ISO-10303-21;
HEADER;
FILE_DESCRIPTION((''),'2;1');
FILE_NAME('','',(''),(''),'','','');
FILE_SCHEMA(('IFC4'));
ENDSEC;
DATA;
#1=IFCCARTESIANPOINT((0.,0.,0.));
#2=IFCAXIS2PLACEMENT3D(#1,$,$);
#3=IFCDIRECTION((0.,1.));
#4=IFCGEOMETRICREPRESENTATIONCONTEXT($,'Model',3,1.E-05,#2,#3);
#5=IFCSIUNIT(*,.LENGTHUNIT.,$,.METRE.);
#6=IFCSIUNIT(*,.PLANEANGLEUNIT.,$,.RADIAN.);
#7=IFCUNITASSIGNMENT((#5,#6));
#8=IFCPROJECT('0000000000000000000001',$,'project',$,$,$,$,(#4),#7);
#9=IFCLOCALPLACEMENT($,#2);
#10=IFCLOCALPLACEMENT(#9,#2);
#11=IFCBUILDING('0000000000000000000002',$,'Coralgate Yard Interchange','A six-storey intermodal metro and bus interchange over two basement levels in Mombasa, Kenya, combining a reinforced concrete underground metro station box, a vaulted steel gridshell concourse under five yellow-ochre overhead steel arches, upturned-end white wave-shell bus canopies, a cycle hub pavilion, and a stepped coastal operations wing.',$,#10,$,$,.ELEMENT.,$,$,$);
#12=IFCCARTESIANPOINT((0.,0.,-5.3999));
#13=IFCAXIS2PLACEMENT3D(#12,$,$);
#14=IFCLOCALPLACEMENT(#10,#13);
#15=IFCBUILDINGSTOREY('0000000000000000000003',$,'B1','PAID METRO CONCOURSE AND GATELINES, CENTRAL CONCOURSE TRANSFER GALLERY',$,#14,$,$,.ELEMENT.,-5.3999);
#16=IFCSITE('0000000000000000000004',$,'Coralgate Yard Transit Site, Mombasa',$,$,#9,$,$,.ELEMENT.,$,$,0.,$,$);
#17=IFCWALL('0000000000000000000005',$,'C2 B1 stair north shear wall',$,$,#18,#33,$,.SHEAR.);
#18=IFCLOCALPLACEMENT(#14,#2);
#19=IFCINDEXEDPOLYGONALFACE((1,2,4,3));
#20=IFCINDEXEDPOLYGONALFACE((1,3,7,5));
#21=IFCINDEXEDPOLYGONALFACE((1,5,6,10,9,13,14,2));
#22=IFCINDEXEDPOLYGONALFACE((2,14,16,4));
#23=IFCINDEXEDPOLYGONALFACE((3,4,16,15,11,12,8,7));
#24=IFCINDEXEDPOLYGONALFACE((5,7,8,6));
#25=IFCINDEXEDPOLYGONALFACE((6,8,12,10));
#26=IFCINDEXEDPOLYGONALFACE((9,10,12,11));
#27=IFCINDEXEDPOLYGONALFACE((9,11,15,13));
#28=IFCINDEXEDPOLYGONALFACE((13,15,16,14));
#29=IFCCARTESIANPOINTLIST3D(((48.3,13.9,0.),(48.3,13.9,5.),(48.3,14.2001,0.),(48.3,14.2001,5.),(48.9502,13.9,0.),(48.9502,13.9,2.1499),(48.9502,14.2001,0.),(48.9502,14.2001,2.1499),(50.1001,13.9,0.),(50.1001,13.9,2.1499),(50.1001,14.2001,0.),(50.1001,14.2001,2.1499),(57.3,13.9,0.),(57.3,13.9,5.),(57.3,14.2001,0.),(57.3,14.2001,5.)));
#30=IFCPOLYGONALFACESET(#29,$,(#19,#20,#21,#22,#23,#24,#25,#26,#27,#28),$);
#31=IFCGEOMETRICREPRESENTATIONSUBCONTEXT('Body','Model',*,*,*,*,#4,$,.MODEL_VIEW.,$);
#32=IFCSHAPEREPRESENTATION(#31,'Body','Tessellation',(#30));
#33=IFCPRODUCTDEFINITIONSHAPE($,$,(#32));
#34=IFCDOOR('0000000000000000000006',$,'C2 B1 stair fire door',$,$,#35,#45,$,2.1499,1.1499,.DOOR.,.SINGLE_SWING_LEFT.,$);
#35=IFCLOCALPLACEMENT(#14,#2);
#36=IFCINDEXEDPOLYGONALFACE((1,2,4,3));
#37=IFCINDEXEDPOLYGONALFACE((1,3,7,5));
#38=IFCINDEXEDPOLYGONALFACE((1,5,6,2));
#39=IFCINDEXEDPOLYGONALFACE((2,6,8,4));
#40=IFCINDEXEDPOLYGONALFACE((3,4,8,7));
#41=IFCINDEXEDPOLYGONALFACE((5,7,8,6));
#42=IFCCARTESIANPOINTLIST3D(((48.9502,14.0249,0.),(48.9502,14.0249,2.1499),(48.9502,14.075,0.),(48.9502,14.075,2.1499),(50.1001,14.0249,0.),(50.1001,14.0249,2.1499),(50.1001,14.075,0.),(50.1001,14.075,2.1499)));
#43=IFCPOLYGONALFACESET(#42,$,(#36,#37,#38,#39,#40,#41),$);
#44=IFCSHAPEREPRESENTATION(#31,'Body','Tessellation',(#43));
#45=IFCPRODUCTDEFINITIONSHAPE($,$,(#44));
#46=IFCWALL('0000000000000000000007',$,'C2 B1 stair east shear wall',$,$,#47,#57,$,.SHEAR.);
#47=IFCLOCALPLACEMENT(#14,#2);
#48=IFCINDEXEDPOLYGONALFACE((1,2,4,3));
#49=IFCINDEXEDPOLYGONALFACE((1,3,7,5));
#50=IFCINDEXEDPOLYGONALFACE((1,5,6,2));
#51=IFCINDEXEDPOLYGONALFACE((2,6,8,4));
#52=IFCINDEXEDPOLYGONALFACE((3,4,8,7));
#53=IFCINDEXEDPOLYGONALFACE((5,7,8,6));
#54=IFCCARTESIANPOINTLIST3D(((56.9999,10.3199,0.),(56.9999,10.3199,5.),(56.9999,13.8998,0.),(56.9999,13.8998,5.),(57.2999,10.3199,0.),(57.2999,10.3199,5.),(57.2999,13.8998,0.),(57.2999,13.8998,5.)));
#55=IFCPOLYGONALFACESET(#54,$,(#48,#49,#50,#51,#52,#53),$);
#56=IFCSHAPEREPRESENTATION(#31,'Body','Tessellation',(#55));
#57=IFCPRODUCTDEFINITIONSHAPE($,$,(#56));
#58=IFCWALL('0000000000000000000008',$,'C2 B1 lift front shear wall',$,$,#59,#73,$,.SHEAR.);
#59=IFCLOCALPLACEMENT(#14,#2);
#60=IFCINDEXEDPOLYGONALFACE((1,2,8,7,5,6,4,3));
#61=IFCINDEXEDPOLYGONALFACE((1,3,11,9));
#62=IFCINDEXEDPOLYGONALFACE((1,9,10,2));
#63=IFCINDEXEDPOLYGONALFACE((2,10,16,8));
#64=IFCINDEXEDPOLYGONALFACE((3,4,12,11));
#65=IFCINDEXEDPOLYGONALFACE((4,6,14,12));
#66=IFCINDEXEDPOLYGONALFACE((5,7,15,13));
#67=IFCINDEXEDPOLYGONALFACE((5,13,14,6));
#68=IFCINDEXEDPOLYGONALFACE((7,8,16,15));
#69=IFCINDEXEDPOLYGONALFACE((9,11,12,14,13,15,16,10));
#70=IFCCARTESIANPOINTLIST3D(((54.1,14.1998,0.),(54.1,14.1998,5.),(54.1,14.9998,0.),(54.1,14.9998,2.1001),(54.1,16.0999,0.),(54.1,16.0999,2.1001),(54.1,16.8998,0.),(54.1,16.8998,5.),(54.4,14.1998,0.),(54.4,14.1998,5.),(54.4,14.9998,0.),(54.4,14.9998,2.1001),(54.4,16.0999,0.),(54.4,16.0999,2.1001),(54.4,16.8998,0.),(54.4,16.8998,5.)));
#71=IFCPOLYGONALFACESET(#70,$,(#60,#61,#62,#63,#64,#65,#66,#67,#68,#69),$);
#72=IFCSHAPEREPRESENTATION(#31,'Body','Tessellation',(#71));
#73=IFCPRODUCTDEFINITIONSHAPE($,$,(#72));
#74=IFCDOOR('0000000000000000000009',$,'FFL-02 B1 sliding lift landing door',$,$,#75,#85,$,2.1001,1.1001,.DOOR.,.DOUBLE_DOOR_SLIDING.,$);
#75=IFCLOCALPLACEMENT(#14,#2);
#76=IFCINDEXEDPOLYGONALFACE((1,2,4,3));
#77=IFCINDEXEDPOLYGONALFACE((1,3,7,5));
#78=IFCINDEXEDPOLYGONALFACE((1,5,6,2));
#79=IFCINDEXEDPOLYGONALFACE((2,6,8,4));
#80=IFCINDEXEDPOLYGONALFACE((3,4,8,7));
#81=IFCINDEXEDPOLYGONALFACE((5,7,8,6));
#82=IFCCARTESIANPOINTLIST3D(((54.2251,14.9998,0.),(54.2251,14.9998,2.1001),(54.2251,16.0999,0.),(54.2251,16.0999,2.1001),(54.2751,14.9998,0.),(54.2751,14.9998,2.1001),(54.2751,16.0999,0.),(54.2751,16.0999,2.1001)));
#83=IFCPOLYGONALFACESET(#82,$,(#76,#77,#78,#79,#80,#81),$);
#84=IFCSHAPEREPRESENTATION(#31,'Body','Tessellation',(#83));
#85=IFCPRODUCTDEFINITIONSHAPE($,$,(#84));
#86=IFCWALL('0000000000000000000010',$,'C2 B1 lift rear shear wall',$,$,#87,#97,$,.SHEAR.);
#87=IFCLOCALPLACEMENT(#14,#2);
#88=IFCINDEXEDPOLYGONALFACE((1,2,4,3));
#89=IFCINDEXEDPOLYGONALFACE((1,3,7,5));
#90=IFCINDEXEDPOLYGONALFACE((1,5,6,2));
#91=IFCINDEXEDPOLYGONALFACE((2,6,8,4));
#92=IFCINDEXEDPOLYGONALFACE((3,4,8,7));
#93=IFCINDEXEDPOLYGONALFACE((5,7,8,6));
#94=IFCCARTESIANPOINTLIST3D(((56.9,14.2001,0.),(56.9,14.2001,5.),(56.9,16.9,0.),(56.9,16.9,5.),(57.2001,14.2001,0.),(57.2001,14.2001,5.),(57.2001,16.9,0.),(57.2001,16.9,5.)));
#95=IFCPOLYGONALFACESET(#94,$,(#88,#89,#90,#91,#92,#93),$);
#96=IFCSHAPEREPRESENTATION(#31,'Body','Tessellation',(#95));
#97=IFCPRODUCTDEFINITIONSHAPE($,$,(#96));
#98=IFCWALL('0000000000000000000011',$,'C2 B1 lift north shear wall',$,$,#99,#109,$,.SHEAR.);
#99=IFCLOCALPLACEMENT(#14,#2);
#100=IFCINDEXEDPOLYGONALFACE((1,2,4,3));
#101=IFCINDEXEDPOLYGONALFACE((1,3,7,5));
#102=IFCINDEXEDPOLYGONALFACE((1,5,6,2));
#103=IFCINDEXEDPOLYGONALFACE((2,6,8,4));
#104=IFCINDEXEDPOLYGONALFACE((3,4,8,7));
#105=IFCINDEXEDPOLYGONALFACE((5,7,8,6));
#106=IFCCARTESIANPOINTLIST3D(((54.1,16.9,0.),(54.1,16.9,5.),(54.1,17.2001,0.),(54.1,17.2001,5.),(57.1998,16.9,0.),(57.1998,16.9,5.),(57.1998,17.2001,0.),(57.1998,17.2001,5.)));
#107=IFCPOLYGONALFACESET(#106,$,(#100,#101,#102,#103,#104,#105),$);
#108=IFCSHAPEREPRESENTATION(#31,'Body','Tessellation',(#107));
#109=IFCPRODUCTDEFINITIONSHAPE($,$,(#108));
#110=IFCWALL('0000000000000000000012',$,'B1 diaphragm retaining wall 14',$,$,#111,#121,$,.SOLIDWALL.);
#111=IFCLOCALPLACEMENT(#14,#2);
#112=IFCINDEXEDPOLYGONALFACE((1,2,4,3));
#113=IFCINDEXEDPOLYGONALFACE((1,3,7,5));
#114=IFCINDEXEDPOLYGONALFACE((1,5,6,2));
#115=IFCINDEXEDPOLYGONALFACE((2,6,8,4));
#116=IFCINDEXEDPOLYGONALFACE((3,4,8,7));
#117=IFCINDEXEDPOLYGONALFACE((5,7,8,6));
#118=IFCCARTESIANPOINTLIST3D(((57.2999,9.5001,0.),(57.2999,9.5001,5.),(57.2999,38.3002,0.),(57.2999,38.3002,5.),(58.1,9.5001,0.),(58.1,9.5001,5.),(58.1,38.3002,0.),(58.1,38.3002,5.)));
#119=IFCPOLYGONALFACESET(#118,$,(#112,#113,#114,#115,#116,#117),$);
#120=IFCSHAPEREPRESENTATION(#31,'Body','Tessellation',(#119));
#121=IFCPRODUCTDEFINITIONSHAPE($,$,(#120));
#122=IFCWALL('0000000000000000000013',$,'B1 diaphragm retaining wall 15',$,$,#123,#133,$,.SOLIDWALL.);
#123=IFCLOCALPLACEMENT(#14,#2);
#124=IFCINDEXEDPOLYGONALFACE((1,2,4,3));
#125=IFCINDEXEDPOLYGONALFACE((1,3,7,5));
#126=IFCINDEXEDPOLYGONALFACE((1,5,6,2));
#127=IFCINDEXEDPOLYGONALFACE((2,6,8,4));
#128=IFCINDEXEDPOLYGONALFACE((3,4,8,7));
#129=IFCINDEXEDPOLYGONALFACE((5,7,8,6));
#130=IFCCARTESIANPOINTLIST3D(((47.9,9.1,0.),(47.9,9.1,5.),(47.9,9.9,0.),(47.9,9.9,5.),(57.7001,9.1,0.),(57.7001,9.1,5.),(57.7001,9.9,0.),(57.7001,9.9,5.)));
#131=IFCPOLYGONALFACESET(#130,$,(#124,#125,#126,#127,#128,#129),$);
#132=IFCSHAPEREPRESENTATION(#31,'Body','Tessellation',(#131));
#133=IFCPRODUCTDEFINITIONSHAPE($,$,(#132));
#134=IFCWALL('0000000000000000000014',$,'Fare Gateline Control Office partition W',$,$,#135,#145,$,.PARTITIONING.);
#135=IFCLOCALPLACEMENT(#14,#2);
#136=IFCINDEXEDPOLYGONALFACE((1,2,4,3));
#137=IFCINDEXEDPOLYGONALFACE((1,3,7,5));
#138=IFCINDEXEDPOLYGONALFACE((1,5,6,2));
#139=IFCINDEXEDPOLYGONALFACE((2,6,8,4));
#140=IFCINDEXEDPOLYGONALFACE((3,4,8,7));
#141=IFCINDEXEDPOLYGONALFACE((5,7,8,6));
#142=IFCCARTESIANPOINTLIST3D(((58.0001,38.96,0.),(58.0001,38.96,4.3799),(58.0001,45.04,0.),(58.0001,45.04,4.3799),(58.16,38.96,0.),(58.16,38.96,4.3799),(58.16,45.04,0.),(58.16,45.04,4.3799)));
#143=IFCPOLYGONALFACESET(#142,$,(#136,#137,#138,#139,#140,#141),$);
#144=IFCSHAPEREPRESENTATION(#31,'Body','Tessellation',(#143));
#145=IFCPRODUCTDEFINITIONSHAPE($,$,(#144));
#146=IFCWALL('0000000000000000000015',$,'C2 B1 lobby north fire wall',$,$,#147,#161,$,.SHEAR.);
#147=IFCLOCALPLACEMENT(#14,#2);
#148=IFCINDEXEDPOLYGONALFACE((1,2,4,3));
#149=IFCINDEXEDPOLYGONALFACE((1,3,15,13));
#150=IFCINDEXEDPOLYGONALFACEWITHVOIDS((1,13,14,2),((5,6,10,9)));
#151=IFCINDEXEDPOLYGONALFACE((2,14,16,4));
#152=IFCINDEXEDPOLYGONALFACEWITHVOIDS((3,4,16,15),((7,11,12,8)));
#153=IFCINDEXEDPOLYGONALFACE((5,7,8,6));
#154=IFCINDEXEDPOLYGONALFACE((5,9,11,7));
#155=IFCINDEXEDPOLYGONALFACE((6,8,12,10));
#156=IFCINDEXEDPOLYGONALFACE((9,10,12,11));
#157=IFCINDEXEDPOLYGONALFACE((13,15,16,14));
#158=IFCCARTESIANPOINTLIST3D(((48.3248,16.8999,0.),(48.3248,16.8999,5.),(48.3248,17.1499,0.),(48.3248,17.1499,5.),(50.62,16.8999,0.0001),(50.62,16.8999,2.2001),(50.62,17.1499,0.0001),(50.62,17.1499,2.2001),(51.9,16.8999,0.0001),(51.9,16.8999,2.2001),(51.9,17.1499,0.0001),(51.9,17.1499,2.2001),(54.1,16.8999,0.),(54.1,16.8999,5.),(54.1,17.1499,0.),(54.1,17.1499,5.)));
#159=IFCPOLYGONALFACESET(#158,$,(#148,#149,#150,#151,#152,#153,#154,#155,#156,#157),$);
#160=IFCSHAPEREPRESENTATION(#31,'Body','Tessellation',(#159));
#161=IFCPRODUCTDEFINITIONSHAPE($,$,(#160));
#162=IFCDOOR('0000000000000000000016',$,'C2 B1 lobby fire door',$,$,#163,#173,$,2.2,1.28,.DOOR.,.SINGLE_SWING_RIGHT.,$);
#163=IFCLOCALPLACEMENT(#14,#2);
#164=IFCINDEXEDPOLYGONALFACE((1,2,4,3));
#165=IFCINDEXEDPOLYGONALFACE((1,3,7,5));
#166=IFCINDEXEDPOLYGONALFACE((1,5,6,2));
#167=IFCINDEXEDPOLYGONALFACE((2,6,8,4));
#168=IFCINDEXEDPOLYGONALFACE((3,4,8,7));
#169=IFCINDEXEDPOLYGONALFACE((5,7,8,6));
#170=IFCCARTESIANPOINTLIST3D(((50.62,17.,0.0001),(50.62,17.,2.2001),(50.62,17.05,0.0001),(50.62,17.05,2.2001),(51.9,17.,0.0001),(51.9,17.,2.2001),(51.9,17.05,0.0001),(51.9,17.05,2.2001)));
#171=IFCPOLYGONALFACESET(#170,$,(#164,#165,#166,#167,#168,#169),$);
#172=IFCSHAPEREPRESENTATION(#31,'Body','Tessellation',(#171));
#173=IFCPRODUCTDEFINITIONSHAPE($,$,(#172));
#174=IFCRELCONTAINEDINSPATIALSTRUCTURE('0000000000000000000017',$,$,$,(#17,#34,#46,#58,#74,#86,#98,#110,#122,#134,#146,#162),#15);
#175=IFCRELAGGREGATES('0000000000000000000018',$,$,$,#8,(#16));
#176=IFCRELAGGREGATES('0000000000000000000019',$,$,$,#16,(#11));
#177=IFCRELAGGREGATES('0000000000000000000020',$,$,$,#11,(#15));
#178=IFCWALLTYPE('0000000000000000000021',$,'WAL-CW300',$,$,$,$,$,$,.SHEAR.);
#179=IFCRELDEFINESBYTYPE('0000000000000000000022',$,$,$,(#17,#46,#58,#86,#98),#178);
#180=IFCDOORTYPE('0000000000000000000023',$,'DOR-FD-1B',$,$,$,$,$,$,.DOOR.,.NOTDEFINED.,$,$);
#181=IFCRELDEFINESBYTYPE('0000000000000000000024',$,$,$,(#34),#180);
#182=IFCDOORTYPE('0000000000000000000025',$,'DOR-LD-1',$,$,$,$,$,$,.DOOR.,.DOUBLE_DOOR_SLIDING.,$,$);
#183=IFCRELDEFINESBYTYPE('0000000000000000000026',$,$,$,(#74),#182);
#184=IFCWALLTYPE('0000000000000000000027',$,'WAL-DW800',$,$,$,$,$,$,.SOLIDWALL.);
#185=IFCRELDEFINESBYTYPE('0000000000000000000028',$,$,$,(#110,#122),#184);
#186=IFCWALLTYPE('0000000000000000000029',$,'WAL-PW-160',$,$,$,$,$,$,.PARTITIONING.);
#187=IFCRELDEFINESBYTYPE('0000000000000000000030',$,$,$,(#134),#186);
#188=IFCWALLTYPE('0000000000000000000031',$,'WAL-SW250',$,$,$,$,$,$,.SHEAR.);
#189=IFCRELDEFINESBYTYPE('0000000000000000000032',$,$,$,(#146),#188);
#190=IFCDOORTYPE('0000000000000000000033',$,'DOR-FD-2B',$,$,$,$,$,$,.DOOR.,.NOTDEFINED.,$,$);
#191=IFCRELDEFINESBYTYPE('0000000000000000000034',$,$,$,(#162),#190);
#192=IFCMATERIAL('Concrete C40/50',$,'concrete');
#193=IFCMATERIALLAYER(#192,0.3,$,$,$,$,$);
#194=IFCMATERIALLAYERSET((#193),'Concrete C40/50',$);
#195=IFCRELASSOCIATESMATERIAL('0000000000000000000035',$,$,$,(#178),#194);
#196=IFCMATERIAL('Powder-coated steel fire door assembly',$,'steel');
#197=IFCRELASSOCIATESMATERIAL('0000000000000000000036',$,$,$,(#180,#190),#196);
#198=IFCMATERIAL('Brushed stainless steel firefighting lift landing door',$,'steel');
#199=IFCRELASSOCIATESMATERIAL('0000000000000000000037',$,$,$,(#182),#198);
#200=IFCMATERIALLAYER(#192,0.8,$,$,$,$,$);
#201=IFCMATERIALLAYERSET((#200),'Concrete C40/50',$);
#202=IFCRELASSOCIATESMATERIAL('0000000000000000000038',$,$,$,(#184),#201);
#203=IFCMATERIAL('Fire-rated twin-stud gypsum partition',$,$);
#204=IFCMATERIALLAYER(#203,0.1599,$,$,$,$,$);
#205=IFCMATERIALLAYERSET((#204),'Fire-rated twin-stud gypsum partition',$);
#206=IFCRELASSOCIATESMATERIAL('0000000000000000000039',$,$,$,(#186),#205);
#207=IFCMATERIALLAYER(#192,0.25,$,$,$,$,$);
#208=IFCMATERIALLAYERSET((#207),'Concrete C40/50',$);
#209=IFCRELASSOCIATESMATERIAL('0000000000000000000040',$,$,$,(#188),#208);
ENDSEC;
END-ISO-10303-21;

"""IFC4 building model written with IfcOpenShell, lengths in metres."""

from ifc_helpers import new_model, si_unit, direction, frame, frame_2d, origin, place, context, subcontext, project, spatial, rectangle, extrude, material, layer, layer_set, type_object, element, fill, save


model = new_model("IFC4")

# Units and contexts
model_context = context("Model", 3, precision=1e-05, world=origin(), true_north=direction((0.0, 1.0)))
body_context = subcontext(model_context, "Body", "Model", "MODEL_VIEW")
ifc_project = project(units=[si_unit("LENGTHUNIT", "METRE"), si_unit("PLANEANGLEUNIT", "RADIAN")], contexts=[model_context])

# Site, building, storey
site_placement = place(None, origin())
site = spatial("IfcSite", under=ifc_project, at=site_placement, Name="Coralgate Yard Transit Site, Mombasa", CompositionType="ELEMENT", RefElevation=0.0)
building_placement = place(site_placement, origin())
building = spatial("IfcBuilding", under=site, at=building_placement, Name="Coralgate Yard Interchange", Description="A six-storey intermodal metro and bus interchange over two basement levels in Mombasa, Kenya, combining a reinforced concrete underground metro station box, a vaulted steel gridshell concourse under five yellow-ochre overhead steel arches, upturned-end white wave-shell bus canopies, a cycle hub pavilion, and a stepped coastal operations wing.", CompositionType="ELEMENT")
storey_placement = place(building_placement, frame((0.0, 0.0, -5.3999)))
storey = spatial("IfcBuildingStorey", under=building, at=storey_placement, Name="B1", Description="PAID METRO CONCOURSE AND GATELINES, CENTRAL CONCOURSE TRANSFER GALLERY", CompositionType="ELEMENT", Elevation=-5.3999)

# Shared definitions
ifc_material_1 = material(Name="Concrete C40/50", Category="concrete")

# Wall, opening, door
ifc_layer_1 = layer(ifc_material_1, 0.3)
ifc_layer_set_1 = layer_set([ifc_layer_1], Name="Concrete C40/50")
wall_type_1 = type_object("IfcWallType", Name="WAL-CW300", PredefinedType="SHEAR", material=ifc_layer_set_1)
wall_1_placement = place(storey_placement, frame((57.3, 14.05, 0.0), z_axis=(0.0, 0.0, 1.0), x_axis=(-1.0, 0.0, 0.0)))
wall_1 = element("IfcWall", 1, at=wall_1_placement, inside=storey, type_object=wall_type_1, Name="C2 B1 stair north shear wall", PredefinedType="SHEAR", context=body_context, shape_type="SweptSolid", body=[
    extrude(rectangle(XDim=9.0, YDim=0.3, at=frame_2d((4.5, 0.0))), origin(), (0.0, 0.0, 1.0), 5.0),
])
opening_1_placement = place(wall_1_placement, frame((7.2, 0.0, 0.0)))
opening_1 = element("IfcOpeningElement", 2, at=opening_1_placement, cuts=wall_1, PredefinedType="OPENING", context=body_context, shape_type="SweptSolid", body=[
    extrude(rectangle(XDim=1.1499, YDim=2.1499, at=frame_2d((0.575, 1.075))), frame((0.0, 0.1599, 0.0), z_axis=(0.0, -1.0, 0.0), x_axis=(1.0, 0.0, 0.0)), (0.0, 0.0, 1.0), 0.3201),
])
ifc_material_2 = material(Name="Powder-coated steel fire door assembly", Category="steel")
door_type_1 = type_object("IfcDoorType", Name="DOR-FD-1B", OperationType="NOTDEFINED", PredefinedType="DOOR", material=ifc_material_2)
door_1_placement = place(opening_1_placement, frame((1.1499, 0.0, 0.0), z_axis=(0.0, 0.0, 1.0), x_axis=(-1.0, 0.0, 0.0)))
door_1 = element("IfcDoor", 3, at=door_1_placement, inside=storey, type_object=door_type_1, Name="C2 B1 stair fire door", OperationType="SINGLE_SWING_LEFT", OverallHeight=2.1499, OverallWidth=1.1499, PredefinedType="DOOR", context=body_context, shape_type="SweptSolid", body=[
    extrude(rectangle(XDim=1.1499, YDim=2.1499, at=frame_2d((0.575, 1.075))), frame((0.0, 0.0249, 0.0), z_axis=(0.0, -1.0, 0.0), x_axis=(1.0, 0.0, 0.0)), (0.0, 0.0, 1.0), 0.05),
])
fill(opening_1, door_1)

# Wall
wall_2_placement = place(storey_placement, frame((57.1499, 13.8999, 0.0), z_axis=(0.0, 0.0, 1.0), x_axis=(0.0, -1.0, 0.0)))
element("IfcWall", 4, at=wall_2_placement, inside=storey, type_object=wall_type_1, Name="C2 B1 stair east shear wall", PredefinedType="SHEAR", context=body_context, shape_type="SweptSolid", body=[
    extrude(rectangle(XDim=3.5798, YDim=0.3, at=frame_2d((1.79, 0.0))), origin(), (0.0, 0.0, 1.0), 5.0),
])

# Wall, opening, door
wall_3_placement = place(storey_placement, frame((54.25, 16.8999, 0.0), z_axis=(0.0, 0.0, 1.0), x_axis=(0.0, -1.0, 0.0)))
wall_3 = element("IfcWall", 5, at=wall_3_placement, inside=storey, type_object=wall_type_1, Name="C2 B1 lift front shear wall", PredefinedType="SHEAR", context=body_context, shape_type="SweptSolid", body=[
    extrude(rectangle(XDim=2.7, YDim=0.3, at=frame_2d((1.3501, 0.0))), origin(), (0.0, 0.0, 1.0), 5.0),
])
opening_2_placement = place(wall_3_placement, frame((0.8, 0.0, 0.0)))
opening_2 = element("IfcOpeningElement", 6, at=opening_2_placement, cuts=wall_3, PredefinedType="OPENING", context=body_context, shape_type="SweptSolid", body=[
    extrude(rectangle(XDim=1.1001, YDim=2.1001, at=frame_2d((0.55, 1.05))), frame((0.0, 0.1599, 0.0), z_axis=(0.0, -1.0, 0.0), x_axis=(1.0, 0.0, 0.0)), (0.0, 0.0, 1.0), 0.3201),
])
ifc_material_3 = material(Name="Brushed stainless steel firefighting lift landing door", Category="steel")
door_type_2 = type_object("IfcDoorType", Name="DOR-LD-1", OperationType="DOUBLE_DOOR_SLIDING", PredefinedType="DOOR", material=ifc_material_3)
door_2_placement = place(opening_2_placement, frame((1.1001, 0.0, 0.0), z_axis=(0.0, 0.0, 1.0), x_axis=(-1.0, 0.0, 0.0)))
door_2 = element("IfcDoor", 7, at=door_2_placement, inside=storey, type_object=door_type_2, Name="FFL-02 B1 sliding lift landing door", OperationType="DOUBLE_DOOR_SLIDING", OverallHeight=2.1001, OverallWidth=1.1001, PredefinedType="DOOR", context=body_context, shape_type="SweptSolid", body=[
    extrude(rectangle(XDim=1.1001, YDim=2.1001, at=frame_2d((0.55, 1.05))), frame((0.0, 0.0249, 0.0), z_axis=(0.0, -1.0, 0.0), x_axis=(1.0, 0.0, 0.0)), (0.0, 0.0, 1.0), 0.05),
])
fill(opening_2, door_2)

# Walls
wall_4_placement = place(storey_placement, frame((57.05, 14.2, 0.0), z_axis=(0.0, 0.0, 1.0), x_axis=(0.0, 1.0, 0.0)))
element("IfcWall", 8, at=wall_4_placement, inside=storey, type_object=wall_type_1, Name="C2 B1 lift rear shear wall", PredefinedType="SHEAR", context=body_context, shape_type="SweptSolid", body=[
    extrude(rectangle(XDim=2.7, YDim=0.3, at=frame_2d((1.3501, 0.0))), origin(), (0.0, 0.0, 1.0), 5.0),
])
wall_5_placement = place(storey_placement, frame((54.1001, 17.05, 0.0), z_axis=(0.0, 0.0, 1.0), x_axis=(1.0, 0.0, 0.0)))
element("IfcWall", 9, at=wall_5_placement, inside=storey, type_object=wall_type_1, Name="C2 B1 lift north shear wall", PredefinedType="SHEAR", context=body_context, shape_type="SweptSolid", body=[
    extrude(rectangle(XDim=3.0999, YDim=0.3, at=frame_2d((1.5498, 0.0))), origin(), (0.0, 0.0, 1.0), 5.0),
])
ifc_layer_2 = layer(ifc_material_1, 0.8)
ifc_layer_set_2 = layer_set([ifc_layer_2], Name="Concrete C40/50")
wall_type_2 = type_object("IfcWallType", Name="WAL-DW800", PredefinedType="SOLIDWALL", material=ifc_layer_set_2)
wall_6_placement = place(storey_placement, frame((57.7, 38.3, 0.0), z_axis=(0.0, 0.0, 1.0), x_axis=(0.0, -1.0, 0.0)))
element("IfcWall", 10, at=wall_6_placement, inside=storey, type_object=wall_type_2, Name="B1 diaphragm retaining wall 14", PredefinedType="SOLIDWALL", context=body_context, shape_type="SweptSolid", body=[
    extrude(rectangle(XDim=28.8, YDim=0.8, at=frame_2d((14.3999, 0.0))), origin(), (0.0, 0.0, 1.0), 5.0),
])
wall_7_placement = place(storey_placement, frame((57.7, 9.5, 0.0), z_axis=(0.0, 0.0, 1.0), x_axis=(-1.0, 0.0, 0.0)))
element("IfcWall", 11, at=wall_7_placement, inside=storey, type_object=wall_type_2, Name="B1 diaphragm retaining wall 15", PredefinedType="SOLIDWALL", context=body_context, shape_type="SweptSolid", body=[
    extrude(rectangle(XDim=9.8, YDim=0.8, at=frame_2d((4.8999, 0.0))), origin(), (0.0, 0.0, 1.0), 5.0),
])
ifc_material_4 = material(Name="Fire-rated twin-stud gypsum partition")
ifc_layer_3 = layer(ifc_material_4, 0.1599)
ifc_layer_set_3 = layer_set([ifc_layer_3], Name="Fire-rated twin-stud gypsum partition")
wall_type_3 = type_object("IfcWallType", Name="WAL-PW-160", PredefinedType="PARTITIONING", material=ifc_layer_set_3)
wall_8_placement = place(storey_placement, frame((58.0801, 38.96, 0.0), z_axis=(0.0, 0.0, 1.0), x_axis=(0.0, 1.0, 0.0)))
element("IfcWall", 12, at=wall_8_placement, inside=storey, type_object=wall_type_3, Name="Fare Gateline Control Office partition W", PredefinedType="PARTITIONING", context=body_context, shape_type="SweptSolid", body=[
    extrude(rectangle(XDim=6.0801, YDim=0.1599, at=frame_2d((3.04, 0.0))), origin(), (0.0, 0.0, 1.0), 4.3799),
])

# Wall, opening, door
ifc_layer_4 = layer(ifc_material_1, 0.25)
ifc_layer_set_4 = layer_set([ifc_layer_4], Name="Concrete C40/50")
wall_type_4 = type_object("IfcWallType", Name="WAL-SW250", PredefinedType="SHEAR", material=ifc_layer_set_4)
wall_9_placement = place(storey_placement, frame((54.1001, 17.0249, 0.0), z_axis=(0.0, 0.0, 1.0), x_axis=(-1.0, 0.0, 0.0)))
wall_9 = element("IfcWall", 13, at=wall_9_placement, inside=storey, type_object=wall_type_4, Name="C2 B1 lobby north fire wall", PredefinedType="SHEAR", context=body_context, shape_type="SweptSolid", body=[
    extrude(rectangle(XDim=5.7751, YDim=0.25, at=frame_2d((2.8877, 0.0))), origin(), (0.0, 0.0, 1.0), 5.0),
])
opening_3_placement = place(wall_9_placement, frame((2.2, 0.0, 0.0)))
opening_3 = element("IfcOpeningElement", 14, at=opening_3_placement, cuts=wall_9, PredefinedType="OPENING", context=body_context, shape_type="SweptSolid", body=[
    extrude(rectangle(XDim=1.28, YDim=2.2, at=frame_2d((0.6401, 1.1001))), frame((0.0, 0.135, 0.0), z_axis=(0.0, -1.0, 0.0), x_axis=(1.0, 0.0, 0.0)), (0.0, 0.0, 1.0), 0.27),
])
door_type_3 = type_object("IfcDoorType", Name="DOR-FD-2B", OperationType="NOTDEFINED", PredefinedType="DOOR", material=ifc_material_2)
door_3_placement = place(opening_3_placement, origin())
door_3 = element("IfcDoor", 15, at=door_3_placement, inside=storey, type_object=door_type_3, Name="C2 B1 lobby fire door", OperationType="SINGLE_SWING_RIGHT", OverallHeight=2.2, OverallWidth=1.28, PredefinedType="DOOR", context=body_context, shape_type="SweptSolid", body=[
    extrude(rectangle(XDim=1.28, YDim=2.2, at=frame_2d((0.6401, 1.1001))), frame((0.0, 0.0249, 0.0), z_axis=(0.0, -1.0, 0.0), x_axis=(1.0, 0.0, 0.0)), (0.0, 0.0, 1.0), 0.05),
])
fill(opening_3, door_3)

save(model, "model.ifc")
